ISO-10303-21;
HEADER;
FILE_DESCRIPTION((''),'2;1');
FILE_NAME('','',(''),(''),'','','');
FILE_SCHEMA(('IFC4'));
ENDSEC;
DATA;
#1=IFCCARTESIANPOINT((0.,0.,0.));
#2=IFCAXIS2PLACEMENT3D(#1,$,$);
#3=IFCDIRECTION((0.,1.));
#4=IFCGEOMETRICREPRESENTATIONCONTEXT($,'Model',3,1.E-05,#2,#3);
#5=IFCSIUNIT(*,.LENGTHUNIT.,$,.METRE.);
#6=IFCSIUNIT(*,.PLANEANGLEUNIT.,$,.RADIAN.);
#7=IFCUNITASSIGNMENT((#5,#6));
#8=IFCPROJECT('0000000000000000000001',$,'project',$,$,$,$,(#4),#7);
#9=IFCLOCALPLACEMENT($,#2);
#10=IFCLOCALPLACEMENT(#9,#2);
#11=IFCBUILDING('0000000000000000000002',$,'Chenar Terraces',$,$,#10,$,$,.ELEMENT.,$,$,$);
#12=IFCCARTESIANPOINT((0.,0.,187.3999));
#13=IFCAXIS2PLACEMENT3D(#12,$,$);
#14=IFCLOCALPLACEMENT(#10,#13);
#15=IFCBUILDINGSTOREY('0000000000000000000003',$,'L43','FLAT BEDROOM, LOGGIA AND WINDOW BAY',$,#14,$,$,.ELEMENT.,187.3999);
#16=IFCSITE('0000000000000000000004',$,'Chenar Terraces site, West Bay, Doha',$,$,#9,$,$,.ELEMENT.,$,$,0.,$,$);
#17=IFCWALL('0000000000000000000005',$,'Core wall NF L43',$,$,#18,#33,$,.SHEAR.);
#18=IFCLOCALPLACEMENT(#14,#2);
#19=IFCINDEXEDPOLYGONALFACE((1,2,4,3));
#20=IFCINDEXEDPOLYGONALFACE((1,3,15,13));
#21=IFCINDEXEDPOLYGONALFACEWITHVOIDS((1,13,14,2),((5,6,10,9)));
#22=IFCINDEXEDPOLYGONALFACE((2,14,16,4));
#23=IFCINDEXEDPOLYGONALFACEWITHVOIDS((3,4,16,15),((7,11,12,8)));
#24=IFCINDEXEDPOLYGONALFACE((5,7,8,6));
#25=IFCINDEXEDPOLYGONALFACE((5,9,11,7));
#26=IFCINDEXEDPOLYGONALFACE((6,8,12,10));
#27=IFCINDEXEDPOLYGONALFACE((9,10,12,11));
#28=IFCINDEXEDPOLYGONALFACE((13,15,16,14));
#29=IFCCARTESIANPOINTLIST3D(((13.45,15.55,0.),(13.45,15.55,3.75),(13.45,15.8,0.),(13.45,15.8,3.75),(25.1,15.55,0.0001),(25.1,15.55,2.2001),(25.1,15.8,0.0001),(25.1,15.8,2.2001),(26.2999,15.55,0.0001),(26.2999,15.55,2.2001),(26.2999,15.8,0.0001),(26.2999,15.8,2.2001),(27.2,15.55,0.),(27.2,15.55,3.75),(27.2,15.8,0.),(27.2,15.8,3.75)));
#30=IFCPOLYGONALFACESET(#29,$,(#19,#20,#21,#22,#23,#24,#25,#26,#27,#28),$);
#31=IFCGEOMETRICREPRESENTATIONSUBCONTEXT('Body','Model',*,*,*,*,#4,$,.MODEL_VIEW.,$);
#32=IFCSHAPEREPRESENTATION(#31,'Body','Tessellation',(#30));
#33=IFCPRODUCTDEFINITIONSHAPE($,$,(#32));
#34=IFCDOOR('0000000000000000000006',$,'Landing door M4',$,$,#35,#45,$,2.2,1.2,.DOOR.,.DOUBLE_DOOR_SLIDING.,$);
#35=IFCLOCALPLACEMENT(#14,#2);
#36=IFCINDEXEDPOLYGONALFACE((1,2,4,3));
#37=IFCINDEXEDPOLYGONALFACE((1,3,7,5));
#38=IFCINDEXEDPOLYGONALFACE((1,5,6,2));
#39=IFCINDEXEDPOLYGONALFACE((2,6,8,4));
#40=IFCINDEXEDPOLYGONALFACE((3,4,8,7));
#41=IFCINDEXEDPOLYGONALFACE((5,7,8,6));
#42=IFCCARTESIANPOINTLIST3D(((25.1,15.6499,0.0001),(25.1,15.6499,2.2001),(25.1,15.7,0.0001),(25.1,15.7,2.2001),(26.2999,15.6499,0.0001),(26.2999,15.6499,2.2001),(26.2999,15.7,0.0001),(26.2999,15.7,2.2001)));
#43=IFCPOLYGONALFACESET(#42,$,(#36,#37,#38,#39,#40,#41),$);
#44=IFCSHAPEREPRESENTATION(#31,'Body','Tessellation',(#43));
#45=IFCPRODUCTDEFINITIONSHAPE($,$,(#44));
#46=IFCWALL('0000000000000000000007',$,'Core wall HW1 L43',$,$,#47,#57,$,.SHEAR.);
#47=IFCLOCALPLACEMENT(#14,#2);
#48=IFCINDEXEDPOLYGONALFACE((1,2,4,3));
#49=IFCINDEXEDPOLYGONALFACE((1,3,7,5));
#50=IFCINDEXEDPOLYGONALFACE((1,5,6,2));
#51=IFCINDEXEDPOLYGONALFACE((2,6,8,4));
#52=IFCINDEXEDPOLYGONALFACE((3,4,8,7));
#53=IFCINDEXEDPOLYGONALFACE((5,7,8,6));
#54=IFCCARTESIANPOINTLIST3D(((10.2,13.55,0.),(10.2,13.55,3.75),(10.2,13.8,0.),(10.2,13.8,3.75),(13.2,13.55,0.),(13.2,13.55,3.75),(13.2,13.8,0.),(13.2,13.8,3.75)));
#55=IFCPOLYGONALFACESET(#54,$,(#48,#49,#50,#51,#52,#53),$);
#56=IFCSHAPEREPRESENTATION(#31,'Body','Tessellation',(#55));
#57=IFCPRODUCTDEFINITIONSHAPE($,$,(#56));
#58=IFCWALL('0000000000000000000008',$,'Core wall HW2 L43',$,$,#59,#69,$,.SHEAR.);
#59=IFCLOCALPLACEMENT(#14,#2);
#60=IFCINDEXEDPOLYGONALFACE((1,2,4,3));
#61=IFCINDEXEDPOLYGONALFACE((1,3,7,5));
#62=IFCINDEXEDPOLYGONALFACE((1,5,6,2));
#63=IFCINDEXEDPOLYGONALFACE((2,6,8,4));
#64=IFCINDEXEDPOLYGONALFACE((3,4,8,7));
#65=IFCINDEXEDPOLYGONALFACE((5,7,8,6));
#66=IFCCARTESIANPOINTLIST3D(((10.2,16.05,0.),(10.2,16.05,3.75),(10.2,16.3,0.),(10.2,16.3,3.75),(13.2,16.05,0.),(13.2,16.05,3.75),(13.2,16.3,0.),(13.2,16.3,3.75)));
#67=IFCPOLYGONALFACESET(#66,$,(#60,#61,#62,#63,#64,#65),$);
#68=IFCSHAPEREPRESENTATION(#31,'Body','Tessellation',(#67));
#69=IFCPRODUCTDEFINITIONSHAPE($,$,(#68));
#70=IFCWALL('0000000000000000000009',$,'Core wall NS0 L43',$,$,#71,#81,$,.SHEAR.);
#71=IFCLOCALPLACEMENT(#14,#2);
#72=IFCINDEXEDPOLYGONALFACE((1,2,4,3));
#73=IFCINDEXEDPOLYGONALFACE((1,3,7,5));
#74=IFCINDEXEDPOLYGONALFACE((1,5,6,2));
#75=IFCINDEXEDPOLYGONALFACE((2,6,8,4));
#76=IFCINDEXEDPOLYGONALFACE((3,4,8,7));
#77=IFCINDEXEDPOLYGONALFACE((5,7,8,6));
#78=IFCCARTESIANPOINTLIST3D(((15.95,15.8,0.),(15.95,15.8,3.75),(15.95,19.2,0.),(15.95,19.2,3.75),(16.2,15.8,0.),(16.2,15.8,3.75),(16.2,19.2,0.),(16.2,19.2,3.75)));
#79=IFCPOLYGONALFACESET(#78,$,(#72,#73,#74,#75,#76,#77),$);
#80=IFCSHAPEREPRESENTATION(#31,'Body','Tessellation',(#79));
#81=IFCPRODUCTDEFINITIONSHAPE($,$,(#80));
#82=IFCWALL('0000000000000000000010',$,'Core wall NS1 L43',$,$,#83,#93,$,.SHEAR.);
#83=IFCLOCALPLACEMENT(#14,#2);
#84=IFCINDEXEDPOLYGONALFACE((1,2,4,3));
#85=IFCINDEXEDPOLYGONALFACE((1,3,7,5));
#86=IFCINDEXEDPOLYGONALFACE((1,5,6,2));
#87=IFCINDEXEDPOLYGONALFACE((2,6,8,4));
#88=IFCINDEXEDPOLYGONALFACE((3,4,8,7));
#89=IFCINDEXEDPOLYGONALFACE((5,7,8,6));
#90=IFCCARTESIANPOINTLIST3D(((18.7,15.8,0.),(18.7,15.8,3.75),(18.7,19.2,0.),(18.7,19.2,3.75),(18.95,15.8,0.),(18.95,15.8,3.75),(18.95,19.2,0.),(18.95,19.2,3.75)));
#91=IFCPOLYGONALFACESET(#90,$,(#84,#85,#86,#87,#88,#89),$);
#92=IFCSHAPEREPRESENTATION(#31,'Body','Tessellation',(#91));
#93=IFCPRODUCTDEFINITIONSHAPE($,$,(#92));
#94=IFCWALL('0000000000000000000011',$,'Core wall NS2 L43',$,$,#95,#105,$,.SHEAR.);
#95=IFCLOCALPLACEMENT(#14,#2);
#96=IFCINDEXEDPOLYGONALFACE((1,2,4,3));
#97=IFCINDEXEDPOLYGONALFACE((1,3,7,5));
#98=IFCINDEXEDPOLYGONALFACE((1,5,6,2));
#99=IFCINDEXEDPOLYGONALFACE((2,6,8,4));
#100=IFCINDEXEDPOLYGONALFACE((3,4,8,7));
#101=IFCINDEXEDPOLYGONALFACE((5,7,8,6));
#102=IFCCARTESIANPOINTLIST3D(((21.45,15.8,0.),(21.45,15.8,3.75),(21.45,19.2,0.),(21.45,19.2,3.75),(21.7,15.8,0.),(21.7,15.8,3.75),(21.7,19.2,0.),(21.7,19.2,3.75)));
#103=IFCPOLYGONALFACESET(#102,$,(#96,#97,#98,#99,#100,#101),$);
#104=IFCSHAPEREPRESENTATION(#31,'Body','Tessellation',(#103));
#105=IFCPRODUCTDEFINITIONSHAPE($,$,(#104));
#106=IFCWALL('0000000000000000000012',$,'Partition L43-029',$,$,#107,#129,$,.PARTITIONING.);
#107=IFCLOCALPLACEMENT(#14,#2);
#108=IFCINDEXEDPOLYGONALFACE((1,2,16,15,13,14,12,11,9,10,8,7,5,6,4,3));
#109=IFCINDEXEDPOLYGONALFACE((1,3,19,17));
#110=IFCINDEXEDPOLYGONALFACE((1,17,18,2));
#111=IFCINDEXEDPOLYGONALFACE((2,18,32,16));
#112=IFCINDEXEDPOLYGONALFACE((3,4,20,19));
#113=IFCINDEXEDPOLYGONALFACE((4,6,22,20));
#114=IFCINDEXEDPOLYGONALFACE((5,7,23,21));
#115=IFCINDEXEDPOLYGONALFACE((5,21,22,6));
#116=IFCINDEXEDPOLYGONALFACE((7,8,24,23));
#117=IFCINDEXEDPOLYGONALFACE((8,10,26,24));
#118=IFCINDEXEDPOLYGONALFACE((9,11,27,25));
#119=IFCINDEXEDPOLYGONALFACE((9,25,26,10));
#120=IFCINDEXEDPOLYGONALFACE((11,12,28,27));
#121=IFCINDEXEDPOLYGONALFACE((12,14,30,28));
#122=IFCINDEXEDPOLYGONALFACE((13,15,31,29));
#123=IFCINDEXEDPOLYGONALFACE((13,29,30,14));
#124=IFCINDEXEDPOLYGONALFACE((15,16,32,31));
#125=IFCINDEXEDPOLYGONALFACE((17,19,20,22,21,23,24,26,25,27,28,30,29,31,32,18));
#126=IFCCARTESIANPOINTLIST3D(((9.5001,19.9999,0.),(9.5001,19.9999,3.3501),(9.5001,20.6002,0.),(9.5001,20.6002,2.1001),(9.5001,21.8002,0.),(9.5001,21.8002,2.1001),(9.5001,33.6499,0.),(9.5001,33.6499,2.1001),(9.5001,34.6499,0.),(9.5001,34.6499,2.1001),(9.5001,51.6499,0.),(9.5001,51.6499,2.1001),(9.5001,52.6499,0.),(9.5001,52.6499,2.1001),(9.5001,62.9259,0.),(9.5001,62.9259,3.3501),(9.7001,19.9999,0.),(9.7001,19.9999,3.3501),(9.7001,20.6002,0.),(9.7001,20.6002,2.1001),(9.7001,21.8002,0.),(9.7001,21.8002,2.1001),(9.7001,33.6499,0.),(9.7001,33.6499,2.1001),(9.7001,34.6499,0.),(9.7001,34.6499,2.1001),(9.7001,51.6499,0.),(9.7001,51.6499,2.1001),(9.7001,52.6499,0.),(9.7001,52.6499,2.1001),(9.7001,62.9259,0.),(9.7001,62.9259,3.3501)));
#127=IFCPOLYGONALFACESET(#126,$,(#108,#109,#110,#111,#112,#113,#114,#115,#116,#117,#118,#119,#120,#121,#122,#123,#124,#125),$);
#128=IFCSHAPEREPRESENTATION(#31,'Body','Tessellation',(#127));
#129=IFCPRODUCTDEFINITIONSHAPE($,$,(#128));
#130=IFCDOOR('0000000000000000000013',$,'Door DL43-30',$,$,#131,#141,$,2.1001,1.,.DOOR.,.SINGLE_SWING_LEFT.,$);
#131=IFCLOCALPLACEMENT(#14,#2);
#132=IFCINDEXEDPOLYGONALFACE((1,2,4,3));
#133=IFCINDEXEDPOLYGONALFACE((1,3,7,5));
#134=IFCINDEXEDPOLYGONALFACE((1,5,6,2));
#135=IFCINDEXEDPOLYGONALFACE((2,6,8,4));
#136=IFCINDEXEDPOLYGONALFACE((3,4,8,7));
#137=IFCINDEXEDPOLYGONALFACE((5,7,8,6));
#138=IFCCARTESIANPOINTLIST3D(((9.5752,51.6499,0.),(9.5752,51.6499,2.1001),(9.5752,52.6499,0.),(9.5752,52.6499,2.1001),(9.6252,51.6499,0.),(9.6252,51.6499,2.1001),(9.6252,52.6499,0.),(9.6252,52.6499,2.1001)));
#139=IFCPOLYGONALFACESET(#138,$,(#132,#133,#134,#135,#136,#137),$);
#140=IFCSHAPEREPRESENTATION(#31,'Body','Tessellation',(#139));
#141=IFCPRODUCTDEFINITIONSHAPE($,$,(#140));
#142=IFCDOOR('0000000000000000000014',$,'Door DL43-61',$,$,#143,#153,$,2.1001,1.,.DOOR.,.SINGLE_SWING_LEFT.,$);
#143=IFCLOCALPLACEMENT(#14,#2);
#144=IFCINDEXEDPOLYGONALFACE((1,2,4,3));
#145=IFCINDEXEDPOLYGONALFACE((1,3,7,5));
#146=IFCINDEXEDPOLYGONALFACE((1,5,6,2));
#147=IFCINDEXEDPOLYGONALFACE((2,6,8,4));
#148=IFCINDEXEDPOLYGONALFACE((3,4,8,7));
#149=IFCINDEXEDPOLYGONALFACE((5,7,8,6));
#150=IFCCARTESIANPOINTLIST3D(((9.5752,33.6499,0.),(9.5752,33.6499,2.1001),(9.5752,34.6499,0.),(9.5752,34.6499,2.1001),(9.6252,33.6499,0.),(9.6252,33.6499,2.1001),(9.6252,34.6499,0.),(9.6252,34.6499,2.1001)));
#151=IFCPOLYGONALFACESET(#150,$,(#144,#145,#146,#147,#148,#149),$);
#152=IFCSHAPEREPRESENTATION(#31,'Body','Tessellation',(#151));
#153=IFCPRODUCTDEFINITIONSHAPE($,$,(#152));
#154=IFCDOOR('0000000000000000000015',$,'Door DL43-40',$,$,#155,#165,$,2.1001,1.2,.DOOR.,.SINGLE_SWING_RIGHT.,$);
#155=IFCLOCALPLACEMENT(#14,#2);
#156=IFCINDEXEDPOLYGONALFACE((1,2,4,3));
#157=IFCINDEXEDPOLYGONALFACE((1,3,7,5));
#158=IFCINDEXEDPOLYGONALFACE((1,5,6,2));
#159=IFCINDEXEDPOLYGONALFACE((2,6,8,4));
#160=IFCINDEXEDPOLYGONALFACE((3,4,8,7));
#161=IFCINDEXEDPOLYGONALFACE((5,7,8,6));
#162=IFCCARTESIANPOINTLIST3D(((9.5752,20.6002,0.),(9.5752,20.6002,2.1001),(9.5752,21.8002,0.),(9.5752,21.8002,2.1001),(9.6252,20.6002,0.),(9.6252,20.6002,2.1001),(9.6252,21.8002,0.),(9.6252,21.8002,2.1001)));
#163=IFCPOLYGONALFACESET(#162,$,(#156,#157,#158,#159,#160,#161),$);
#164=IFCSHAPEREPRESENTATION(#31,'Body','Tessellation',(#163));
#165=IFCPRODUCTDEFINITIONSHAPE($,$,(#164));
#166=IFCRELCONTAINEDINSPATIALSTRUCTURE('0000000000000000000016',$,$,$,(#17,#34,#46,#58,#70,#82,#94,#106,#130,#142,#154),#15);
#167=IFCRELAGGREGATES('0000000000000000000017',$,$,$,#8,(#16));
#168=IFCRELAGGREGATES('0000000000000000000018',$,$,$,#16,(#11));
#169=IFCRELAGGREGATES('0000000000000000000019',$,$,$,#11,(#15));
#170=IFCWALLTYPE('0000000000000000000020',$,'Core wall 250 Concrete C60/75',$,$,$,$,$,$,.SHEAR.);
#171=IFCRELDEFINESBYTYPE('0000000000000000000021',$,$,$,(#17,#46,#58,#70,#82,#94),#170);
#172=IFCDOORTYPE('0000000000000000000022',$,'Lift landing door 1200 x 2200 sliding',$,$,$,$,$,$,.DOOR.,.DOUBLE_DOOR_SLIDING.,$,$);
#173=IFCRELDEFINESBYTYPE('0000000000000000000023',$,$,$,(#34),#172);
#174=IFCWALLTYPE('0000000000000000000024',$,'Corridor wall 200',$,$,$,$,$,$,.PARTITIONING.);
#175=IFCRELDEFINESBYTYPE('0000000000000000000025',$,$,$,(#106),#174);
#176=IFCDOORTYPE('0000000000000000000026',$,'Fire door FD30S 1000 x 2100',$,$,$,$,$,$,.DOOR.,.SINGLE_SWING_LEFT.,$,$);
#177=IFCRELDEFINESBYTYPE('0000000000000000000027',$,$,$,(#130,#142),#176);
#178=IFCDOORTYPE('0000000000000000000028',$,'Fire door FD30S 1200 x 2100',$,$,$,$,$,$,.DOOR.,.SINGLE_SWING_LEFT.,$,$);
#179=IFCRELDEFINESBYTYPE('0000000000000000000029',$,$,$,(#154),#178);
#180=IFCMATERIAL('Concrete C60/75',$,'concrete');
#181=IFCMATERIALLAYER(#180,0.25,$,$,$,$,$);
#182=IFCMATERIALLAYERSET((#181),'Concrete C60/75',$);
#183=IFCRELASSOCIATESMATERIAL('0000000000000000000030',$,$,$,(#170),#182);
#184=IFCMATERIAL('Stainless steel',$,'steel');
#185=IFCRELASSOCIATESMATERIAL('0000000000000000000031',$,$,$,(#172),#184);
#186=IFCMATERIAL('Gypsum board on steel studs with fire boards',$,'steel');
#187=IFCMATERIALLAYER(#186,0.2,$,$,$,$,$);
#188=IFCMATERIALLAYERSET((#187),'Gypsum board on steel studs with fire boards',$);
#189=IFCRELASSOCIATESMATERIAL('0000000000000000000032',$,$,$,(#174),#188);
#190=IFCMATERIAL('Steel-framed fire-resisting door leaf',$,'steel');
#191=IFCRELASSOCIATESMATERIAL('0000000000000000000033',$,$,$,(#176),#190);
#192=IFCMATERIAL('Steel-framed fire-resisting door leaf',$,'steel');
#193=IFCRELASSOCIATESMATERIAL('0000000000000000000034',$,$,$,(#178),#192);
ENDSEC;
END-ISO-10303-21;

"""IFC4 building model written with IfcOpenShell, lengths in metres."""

from ifc_helpers import new_model, si_unit, direction, frame, frame_2d, origin, place, context, subcontext, project, spatial, rectangle, extrude, material, layer, layer_set, type_object, element, fill, save


model = new_model("IFC4")

# Units and contexts
model_context = context("Model", 3, precision=1e-05, world=origin(), true_north=direction((0.0, 1.0)))
body_context = subcontext(model_context, "Body", "Model", "MODEL_VIEW")
ifc_project = project(units=[si_unit("LENGTHUNIT", "METRE"), si_unit("PLANEANGLEUNIT", "RADIAN")], contexts=[model_context])

# Site, building, storey
site_placement = place(None, origin())
site = spatial("IfcSite", under=ifc_project, at=site_placement, Name="Chenar Terraces site, West Bay, Doha", CompositionType="ELEMENT", RefElevation=0.0)
building_placement = place(site_placement, origin())
building = spatial("IfcBuilding", under=site, at=building_placement, Name="Chenar Terraces", CompositionType="ELEMENT")
storey_placement = place(building_placement, frame((0.0, 0.0, 187.3999)))
storey = spatial("IfcBuildingStorey", under=building, at=storey_placement, Name="L43", Description="FLAT BEDROOM, LOGGIA AND WINDOW BAY", CompositionType="ELEMENT", Elevation=187.3999)

# Wall, opening, door
ifc_material_1 = material(Name="Concrete C60/75", Category="concrete")
ifc_layer_1 = layer(ifc_material_1, 0.25)
ifc_layer_set_1 = layer_set([ifc_layer_1], Name="Concrete C60/75")
wall_type_1 = type_object("IfcWallType", Name="Core wall 250 Concrete C60/75", PredefinedType="SHEAR", material=ifc_layer_set_1)
wall_1_placement = place(storey_placement, frame((13.45, 15.675, 0.0), z_axis=(0.0, 0.0, 1.0), x_axis=(1.0, 0.0, 0.0)))
wall_1 = element("IfcWall", 1, at=wall_1_placement, inside=storey, type_object=wall_type_1, Name="Core wall NF L43", PredefinedType="SHEAR", context=body_context, shape_type="SweptSolid", body=[
    extrude(rectangle(XDim=13.75, YDim=0.25, at=frame_2d((6.875, 0.0))), origin(), (0.0, 0.0, 1.0), 3.75),
])
opening_1_placement = place(wall_1_placement, frame((11.6499, 0.0, 0.0)))
opening_1 = element("IfcOpeningElement", 2, at=opening_1_placement, cuts=wall_1, PredefinedType="OPENING", context=body_context, shape_type="SweptSolid", body=[
    extrude(rectangle(XDim=1.2, YDim=2.2, at=frame_2d((0.6001, 1.1001))), frame((0.0, 0.135, 0.0), z_axis=(0.0, -1.0, 0.0), x_axis=(1.0, 0.0, 0.0)), (0.0, 0.0, 1.0), 0.27),
])
ifc_material_2 = material(Name="Stainless steel", Category="steel")
door_type_1 = type_object("IfcDoorType", Name="Lift landing door 1200 x 2200 sliding", OperationType="DOUBLE_DOOR_SLIDING", PredefinedType="DOOR", material=ifc_material_2)
door_1_placement = place(opening_1_placement, origin())
door_1 = element("IfcDoor", 3, at=door_1_placement, inside=storey, type_object=door_type_1, Name="Landing door M4", OperationType="DOUBLE_DOOR_SLIDING", OverallHeight=2.2, OverallWidth=1.2, PredefinedType="DOOR", context=body_context, shape_type="SweptSolid", body=[
    extrude(rectangle(XDim=1.2, YDim=2.2, at=frame_2d((0.6001, 1.1001))), frame((0.0, 0.0249, 0.0), z_axis=(0.0, -1.0, 0.0), x_axis=(1.0, 0.0, 0.0)), (0.0, 0.0, 1.0), 0.05),
])
fill(opening_1, door_1)

# Walls
for number, where, z_axis, x_axis, name in (
    (4, (10.2, 13.675, 0.0), (0.0, 0.0, 1.0), (1.0, 0.0, 0.0), "Core wall HW1 L43"),
    (5, (10.2, 16.175, 0.0), (0.0, 0.0, 1.0), (1.0, 0.0, 0.0), "Core wall HW2 L43"),
):
    element("IfcWall", number, at=place(storey_placement, frame(where, z_axis=z_axis, x_axis=x_axis)), inside=storey, type_object=wall_type_1, Name=name, PredefinedType="SHEAR", context=body_context, shape_type="SweptSolid", body=[
        extrude(rectangle(XDim=3.0, YDim=0.25, at=frame_2d((1.5, 0.0))), origin(), (0.0, 0.0, 1.0), 3.75),
    ])
for number, where, z_axis, x_axis, name in (
    (6, (16.075, 15.8, 0.0), (0.0, 0.0, 1.0), (0.0, 1.0, 0.0), "Core wall NS0 L43"),
    (7, (18.825, 15.8, 0.0), (0.0, 0.0, 1.0), (0.0, 1.0, 0.0), "Core wall NS1 L43"),
    (8, (21.575, 15.8, 0.0), (0.0, 0.0, 1.0), (0.0, 1.0, 0.0), "Core wall NS2 L43"),
):
    element("IfcWall", number, at=place(storey_placement, frame(where, z_axis=z_axis, x_axis=x_axis)), inside=storey, type_object=wall_type_1, Name=name, PredefinedType="SHEAR", context=body_context, shape_type="SweptSolid", body=[
        extrude(rectangle(XDim=3.3999, YDim=0.25, at=frame_2d((1.7, 0.0))), origin(), (0.0, 0.0, 1.0), 3.75),
    ])

# Wall, openings, doors
ifc_material_3 = material(Name="Gypsum board on steel studs with fire boards", Category="steel")
ifc_layer_2 = layer(ifc_material_3, 0.2)
ifc_layer_set_2 = layer_set([ifc_layer_2], Name="Gypsum board on steel studs with fire boards")
wall_type_2 = type_object("IfcWallType", Name="Corridor wall 200", PredefinedType="PARTITIONING", material=ifc_layer_set_2)
wall_2_placement = place(storey_placement, frame((9.6001, 20.0, 0.0), z_axis=(0.0, 0.0, 1.0), x_axis=(0.0, 1.0, 0.0)))
wall_2 = element("IfcWall", 9, at=wall_2_placement, inside=storey, type_object=wall_type_2, Name="Partition L43-029", PredefinedType="PARTITIONING", context=body_context, shape_type="SweptSolid", body=[
    extrude(rectangle(XDim=42.926, YDim=0.2, at=frame_2d((21.4629, 0.0))), origin(), (0.0, 0.0, 1.0), 3.3501),
])
opening_2_placement = place(wall_2_placement, frame((31.6499, 0.0, 0.0)))
opening_2 = element("IfcOpeningElement", 10, at=opening_2_placement, cuts=wall_2, PredefinedType="OPENING", context=body_context, shape_type="SweptSolid", body=[
    extrude(rectangle(XDim=1.0, YDim=2.1001, at=frame_2d((0.5, 1.05))), frame((0.0, 0.1099, 0.0), z_axis=(0.0, -1.0, 0.0), x_axis=(1.0, 0.0, 0.0)), (0.0, 0.0, 1.0), 0.22),
])
opening_3_placement = place(wall_2_placement, frame((0.6001, 0.0, 0.0)))
opening_3 = element("IfcOpeningElement", 11, at=opening_3_placement, cuts=wall_2, PredefinedType="OPENING", context=body_context, shape_type="SweptSolid", body=[
    extrude(rectangle(XDim=1.2, YDim=2.1001, at=frame_2d((0.6001, 1.05))), frame((0.0, 0.1099, 0.0), z_axis=(0.0, -1.0, 0.0), x_axis=(1.0, 0.0, 0.0)), (0.0, 0.0, 1.0), 0.22),
])
opening_4_placement = place(wall_2_placement, frame((13.6499, 0.0, 0.0)))
opening_4 = element("IfcOpeningElement", 12, at=opening_4_placement, cuts=wall_2, PredefinedType="OPENING", context=body_context, shape_type="SweptSolid", body=[
    extrude(rectangle(XDim=1.0, YDim=2.1001, at=frame_2d((0.5, 1.05))), frame((0.0, 0.1099, 0.0), z_axis=(0.0, -1.0, 0.0), x_axis=(1.0, 0.0, 0.0)), (0.0, 0.0, 1.0), 0.22),
])
ifc_material_4 = material(Name="Steel-framed fire-resisting door leaf", Category="steel")
door_type_2 = type_object("IfcDoorType", Name="Fire door FD30S 1000 x 2100", OperationType="SINGLE_SWING_LEFT", PredefinedType="DOOR", material=ifc_material_4)
door_2_placement = place(opening_2_placement, origin())
door_2 = element("IfcDoor", 13, at=door_2_placement, inside=storey, type_object=door_type_2, Name="Door DL43-30", OperationType="SINGLE_SWING_LEFT", OverallHeight=2.1001, OverallWidth=1.0, PredefinedType="DOOR", context=body_context, shape_type="SweptSolid", body=[
    extrude(rectangle(XDim=1.0, YDim=2.1001, at=frame_2d((0.5, 1.05))), frame((0.0, 0.0249, 0.0), z_axis=(0.0, -1.0, 0.0), x_axis=(1.0, 0.0, 0.0)), (0.0, 0.0, 1.0), 0.05),
])
fill(opening_2, door_2)
door_3_placement = place(opening_4_placement, origin())
door_3 = element("IfcDoor", 14, at=door_3_placement, inside=storey, type_object=door_type_2, Name="Door DL43-61", OperationType="SINGLE_SWING_LEFT", OverallHeight=2.1001, OverallWidth=1.0, PredefinedType="DOOR", context=body_context, shape_type="SweptSolid", body=[
    extrude(rectangle(XDim=1.0, YDim=2.1001, at=frame_2d((0.5, 1.05))), frame((0.0, 0.0249, 0.0), z_axis=(0.0, -1.0, 0.0), x_axis=(1.0, 0.0, 0.0)), (0.0, 0.0, 1.0), 0.05),
])
fill(opening_4, door_3)
ifc_material_5 = material(Name="Steel-framed fire-resisting door leaf", Category="steel")
door_type_3 = type_object("IfcDoorType", Name="Fire door FD30S 1200 x 2100", OperationType="SINGLE_SWING_LEFT", PredefinedType="DOOR", material=ifc_material_5)
door_4_placement = place(opening_3_placement, origin())
door_4 = element("IfcDoor", 15, at=door_4_placement, inside=storey, type_object=door_type_3, Name="Door DL43-40", OperationType="SINGLE_SWING_RIGHT", OverallHeight=2.1001, OverallWidth=1.2, PredefinedType="DOOR", context=body_context, shape_type="SweptSolid", body=[
    extrude(rectangle(XDim=1.2, YDim=2.1001, at=frame_2d((0.6001, 1.05))), frame((0.0, 0.0249, 0.0), z_axis=(0.0, -1.0, 0.0), x_axis=(1.0, 0.0, 0.0)), (0.0, 0.0, 1.0), 0.05),
])
fill(opening_3, door_4)

save(model, "model.ifc")
